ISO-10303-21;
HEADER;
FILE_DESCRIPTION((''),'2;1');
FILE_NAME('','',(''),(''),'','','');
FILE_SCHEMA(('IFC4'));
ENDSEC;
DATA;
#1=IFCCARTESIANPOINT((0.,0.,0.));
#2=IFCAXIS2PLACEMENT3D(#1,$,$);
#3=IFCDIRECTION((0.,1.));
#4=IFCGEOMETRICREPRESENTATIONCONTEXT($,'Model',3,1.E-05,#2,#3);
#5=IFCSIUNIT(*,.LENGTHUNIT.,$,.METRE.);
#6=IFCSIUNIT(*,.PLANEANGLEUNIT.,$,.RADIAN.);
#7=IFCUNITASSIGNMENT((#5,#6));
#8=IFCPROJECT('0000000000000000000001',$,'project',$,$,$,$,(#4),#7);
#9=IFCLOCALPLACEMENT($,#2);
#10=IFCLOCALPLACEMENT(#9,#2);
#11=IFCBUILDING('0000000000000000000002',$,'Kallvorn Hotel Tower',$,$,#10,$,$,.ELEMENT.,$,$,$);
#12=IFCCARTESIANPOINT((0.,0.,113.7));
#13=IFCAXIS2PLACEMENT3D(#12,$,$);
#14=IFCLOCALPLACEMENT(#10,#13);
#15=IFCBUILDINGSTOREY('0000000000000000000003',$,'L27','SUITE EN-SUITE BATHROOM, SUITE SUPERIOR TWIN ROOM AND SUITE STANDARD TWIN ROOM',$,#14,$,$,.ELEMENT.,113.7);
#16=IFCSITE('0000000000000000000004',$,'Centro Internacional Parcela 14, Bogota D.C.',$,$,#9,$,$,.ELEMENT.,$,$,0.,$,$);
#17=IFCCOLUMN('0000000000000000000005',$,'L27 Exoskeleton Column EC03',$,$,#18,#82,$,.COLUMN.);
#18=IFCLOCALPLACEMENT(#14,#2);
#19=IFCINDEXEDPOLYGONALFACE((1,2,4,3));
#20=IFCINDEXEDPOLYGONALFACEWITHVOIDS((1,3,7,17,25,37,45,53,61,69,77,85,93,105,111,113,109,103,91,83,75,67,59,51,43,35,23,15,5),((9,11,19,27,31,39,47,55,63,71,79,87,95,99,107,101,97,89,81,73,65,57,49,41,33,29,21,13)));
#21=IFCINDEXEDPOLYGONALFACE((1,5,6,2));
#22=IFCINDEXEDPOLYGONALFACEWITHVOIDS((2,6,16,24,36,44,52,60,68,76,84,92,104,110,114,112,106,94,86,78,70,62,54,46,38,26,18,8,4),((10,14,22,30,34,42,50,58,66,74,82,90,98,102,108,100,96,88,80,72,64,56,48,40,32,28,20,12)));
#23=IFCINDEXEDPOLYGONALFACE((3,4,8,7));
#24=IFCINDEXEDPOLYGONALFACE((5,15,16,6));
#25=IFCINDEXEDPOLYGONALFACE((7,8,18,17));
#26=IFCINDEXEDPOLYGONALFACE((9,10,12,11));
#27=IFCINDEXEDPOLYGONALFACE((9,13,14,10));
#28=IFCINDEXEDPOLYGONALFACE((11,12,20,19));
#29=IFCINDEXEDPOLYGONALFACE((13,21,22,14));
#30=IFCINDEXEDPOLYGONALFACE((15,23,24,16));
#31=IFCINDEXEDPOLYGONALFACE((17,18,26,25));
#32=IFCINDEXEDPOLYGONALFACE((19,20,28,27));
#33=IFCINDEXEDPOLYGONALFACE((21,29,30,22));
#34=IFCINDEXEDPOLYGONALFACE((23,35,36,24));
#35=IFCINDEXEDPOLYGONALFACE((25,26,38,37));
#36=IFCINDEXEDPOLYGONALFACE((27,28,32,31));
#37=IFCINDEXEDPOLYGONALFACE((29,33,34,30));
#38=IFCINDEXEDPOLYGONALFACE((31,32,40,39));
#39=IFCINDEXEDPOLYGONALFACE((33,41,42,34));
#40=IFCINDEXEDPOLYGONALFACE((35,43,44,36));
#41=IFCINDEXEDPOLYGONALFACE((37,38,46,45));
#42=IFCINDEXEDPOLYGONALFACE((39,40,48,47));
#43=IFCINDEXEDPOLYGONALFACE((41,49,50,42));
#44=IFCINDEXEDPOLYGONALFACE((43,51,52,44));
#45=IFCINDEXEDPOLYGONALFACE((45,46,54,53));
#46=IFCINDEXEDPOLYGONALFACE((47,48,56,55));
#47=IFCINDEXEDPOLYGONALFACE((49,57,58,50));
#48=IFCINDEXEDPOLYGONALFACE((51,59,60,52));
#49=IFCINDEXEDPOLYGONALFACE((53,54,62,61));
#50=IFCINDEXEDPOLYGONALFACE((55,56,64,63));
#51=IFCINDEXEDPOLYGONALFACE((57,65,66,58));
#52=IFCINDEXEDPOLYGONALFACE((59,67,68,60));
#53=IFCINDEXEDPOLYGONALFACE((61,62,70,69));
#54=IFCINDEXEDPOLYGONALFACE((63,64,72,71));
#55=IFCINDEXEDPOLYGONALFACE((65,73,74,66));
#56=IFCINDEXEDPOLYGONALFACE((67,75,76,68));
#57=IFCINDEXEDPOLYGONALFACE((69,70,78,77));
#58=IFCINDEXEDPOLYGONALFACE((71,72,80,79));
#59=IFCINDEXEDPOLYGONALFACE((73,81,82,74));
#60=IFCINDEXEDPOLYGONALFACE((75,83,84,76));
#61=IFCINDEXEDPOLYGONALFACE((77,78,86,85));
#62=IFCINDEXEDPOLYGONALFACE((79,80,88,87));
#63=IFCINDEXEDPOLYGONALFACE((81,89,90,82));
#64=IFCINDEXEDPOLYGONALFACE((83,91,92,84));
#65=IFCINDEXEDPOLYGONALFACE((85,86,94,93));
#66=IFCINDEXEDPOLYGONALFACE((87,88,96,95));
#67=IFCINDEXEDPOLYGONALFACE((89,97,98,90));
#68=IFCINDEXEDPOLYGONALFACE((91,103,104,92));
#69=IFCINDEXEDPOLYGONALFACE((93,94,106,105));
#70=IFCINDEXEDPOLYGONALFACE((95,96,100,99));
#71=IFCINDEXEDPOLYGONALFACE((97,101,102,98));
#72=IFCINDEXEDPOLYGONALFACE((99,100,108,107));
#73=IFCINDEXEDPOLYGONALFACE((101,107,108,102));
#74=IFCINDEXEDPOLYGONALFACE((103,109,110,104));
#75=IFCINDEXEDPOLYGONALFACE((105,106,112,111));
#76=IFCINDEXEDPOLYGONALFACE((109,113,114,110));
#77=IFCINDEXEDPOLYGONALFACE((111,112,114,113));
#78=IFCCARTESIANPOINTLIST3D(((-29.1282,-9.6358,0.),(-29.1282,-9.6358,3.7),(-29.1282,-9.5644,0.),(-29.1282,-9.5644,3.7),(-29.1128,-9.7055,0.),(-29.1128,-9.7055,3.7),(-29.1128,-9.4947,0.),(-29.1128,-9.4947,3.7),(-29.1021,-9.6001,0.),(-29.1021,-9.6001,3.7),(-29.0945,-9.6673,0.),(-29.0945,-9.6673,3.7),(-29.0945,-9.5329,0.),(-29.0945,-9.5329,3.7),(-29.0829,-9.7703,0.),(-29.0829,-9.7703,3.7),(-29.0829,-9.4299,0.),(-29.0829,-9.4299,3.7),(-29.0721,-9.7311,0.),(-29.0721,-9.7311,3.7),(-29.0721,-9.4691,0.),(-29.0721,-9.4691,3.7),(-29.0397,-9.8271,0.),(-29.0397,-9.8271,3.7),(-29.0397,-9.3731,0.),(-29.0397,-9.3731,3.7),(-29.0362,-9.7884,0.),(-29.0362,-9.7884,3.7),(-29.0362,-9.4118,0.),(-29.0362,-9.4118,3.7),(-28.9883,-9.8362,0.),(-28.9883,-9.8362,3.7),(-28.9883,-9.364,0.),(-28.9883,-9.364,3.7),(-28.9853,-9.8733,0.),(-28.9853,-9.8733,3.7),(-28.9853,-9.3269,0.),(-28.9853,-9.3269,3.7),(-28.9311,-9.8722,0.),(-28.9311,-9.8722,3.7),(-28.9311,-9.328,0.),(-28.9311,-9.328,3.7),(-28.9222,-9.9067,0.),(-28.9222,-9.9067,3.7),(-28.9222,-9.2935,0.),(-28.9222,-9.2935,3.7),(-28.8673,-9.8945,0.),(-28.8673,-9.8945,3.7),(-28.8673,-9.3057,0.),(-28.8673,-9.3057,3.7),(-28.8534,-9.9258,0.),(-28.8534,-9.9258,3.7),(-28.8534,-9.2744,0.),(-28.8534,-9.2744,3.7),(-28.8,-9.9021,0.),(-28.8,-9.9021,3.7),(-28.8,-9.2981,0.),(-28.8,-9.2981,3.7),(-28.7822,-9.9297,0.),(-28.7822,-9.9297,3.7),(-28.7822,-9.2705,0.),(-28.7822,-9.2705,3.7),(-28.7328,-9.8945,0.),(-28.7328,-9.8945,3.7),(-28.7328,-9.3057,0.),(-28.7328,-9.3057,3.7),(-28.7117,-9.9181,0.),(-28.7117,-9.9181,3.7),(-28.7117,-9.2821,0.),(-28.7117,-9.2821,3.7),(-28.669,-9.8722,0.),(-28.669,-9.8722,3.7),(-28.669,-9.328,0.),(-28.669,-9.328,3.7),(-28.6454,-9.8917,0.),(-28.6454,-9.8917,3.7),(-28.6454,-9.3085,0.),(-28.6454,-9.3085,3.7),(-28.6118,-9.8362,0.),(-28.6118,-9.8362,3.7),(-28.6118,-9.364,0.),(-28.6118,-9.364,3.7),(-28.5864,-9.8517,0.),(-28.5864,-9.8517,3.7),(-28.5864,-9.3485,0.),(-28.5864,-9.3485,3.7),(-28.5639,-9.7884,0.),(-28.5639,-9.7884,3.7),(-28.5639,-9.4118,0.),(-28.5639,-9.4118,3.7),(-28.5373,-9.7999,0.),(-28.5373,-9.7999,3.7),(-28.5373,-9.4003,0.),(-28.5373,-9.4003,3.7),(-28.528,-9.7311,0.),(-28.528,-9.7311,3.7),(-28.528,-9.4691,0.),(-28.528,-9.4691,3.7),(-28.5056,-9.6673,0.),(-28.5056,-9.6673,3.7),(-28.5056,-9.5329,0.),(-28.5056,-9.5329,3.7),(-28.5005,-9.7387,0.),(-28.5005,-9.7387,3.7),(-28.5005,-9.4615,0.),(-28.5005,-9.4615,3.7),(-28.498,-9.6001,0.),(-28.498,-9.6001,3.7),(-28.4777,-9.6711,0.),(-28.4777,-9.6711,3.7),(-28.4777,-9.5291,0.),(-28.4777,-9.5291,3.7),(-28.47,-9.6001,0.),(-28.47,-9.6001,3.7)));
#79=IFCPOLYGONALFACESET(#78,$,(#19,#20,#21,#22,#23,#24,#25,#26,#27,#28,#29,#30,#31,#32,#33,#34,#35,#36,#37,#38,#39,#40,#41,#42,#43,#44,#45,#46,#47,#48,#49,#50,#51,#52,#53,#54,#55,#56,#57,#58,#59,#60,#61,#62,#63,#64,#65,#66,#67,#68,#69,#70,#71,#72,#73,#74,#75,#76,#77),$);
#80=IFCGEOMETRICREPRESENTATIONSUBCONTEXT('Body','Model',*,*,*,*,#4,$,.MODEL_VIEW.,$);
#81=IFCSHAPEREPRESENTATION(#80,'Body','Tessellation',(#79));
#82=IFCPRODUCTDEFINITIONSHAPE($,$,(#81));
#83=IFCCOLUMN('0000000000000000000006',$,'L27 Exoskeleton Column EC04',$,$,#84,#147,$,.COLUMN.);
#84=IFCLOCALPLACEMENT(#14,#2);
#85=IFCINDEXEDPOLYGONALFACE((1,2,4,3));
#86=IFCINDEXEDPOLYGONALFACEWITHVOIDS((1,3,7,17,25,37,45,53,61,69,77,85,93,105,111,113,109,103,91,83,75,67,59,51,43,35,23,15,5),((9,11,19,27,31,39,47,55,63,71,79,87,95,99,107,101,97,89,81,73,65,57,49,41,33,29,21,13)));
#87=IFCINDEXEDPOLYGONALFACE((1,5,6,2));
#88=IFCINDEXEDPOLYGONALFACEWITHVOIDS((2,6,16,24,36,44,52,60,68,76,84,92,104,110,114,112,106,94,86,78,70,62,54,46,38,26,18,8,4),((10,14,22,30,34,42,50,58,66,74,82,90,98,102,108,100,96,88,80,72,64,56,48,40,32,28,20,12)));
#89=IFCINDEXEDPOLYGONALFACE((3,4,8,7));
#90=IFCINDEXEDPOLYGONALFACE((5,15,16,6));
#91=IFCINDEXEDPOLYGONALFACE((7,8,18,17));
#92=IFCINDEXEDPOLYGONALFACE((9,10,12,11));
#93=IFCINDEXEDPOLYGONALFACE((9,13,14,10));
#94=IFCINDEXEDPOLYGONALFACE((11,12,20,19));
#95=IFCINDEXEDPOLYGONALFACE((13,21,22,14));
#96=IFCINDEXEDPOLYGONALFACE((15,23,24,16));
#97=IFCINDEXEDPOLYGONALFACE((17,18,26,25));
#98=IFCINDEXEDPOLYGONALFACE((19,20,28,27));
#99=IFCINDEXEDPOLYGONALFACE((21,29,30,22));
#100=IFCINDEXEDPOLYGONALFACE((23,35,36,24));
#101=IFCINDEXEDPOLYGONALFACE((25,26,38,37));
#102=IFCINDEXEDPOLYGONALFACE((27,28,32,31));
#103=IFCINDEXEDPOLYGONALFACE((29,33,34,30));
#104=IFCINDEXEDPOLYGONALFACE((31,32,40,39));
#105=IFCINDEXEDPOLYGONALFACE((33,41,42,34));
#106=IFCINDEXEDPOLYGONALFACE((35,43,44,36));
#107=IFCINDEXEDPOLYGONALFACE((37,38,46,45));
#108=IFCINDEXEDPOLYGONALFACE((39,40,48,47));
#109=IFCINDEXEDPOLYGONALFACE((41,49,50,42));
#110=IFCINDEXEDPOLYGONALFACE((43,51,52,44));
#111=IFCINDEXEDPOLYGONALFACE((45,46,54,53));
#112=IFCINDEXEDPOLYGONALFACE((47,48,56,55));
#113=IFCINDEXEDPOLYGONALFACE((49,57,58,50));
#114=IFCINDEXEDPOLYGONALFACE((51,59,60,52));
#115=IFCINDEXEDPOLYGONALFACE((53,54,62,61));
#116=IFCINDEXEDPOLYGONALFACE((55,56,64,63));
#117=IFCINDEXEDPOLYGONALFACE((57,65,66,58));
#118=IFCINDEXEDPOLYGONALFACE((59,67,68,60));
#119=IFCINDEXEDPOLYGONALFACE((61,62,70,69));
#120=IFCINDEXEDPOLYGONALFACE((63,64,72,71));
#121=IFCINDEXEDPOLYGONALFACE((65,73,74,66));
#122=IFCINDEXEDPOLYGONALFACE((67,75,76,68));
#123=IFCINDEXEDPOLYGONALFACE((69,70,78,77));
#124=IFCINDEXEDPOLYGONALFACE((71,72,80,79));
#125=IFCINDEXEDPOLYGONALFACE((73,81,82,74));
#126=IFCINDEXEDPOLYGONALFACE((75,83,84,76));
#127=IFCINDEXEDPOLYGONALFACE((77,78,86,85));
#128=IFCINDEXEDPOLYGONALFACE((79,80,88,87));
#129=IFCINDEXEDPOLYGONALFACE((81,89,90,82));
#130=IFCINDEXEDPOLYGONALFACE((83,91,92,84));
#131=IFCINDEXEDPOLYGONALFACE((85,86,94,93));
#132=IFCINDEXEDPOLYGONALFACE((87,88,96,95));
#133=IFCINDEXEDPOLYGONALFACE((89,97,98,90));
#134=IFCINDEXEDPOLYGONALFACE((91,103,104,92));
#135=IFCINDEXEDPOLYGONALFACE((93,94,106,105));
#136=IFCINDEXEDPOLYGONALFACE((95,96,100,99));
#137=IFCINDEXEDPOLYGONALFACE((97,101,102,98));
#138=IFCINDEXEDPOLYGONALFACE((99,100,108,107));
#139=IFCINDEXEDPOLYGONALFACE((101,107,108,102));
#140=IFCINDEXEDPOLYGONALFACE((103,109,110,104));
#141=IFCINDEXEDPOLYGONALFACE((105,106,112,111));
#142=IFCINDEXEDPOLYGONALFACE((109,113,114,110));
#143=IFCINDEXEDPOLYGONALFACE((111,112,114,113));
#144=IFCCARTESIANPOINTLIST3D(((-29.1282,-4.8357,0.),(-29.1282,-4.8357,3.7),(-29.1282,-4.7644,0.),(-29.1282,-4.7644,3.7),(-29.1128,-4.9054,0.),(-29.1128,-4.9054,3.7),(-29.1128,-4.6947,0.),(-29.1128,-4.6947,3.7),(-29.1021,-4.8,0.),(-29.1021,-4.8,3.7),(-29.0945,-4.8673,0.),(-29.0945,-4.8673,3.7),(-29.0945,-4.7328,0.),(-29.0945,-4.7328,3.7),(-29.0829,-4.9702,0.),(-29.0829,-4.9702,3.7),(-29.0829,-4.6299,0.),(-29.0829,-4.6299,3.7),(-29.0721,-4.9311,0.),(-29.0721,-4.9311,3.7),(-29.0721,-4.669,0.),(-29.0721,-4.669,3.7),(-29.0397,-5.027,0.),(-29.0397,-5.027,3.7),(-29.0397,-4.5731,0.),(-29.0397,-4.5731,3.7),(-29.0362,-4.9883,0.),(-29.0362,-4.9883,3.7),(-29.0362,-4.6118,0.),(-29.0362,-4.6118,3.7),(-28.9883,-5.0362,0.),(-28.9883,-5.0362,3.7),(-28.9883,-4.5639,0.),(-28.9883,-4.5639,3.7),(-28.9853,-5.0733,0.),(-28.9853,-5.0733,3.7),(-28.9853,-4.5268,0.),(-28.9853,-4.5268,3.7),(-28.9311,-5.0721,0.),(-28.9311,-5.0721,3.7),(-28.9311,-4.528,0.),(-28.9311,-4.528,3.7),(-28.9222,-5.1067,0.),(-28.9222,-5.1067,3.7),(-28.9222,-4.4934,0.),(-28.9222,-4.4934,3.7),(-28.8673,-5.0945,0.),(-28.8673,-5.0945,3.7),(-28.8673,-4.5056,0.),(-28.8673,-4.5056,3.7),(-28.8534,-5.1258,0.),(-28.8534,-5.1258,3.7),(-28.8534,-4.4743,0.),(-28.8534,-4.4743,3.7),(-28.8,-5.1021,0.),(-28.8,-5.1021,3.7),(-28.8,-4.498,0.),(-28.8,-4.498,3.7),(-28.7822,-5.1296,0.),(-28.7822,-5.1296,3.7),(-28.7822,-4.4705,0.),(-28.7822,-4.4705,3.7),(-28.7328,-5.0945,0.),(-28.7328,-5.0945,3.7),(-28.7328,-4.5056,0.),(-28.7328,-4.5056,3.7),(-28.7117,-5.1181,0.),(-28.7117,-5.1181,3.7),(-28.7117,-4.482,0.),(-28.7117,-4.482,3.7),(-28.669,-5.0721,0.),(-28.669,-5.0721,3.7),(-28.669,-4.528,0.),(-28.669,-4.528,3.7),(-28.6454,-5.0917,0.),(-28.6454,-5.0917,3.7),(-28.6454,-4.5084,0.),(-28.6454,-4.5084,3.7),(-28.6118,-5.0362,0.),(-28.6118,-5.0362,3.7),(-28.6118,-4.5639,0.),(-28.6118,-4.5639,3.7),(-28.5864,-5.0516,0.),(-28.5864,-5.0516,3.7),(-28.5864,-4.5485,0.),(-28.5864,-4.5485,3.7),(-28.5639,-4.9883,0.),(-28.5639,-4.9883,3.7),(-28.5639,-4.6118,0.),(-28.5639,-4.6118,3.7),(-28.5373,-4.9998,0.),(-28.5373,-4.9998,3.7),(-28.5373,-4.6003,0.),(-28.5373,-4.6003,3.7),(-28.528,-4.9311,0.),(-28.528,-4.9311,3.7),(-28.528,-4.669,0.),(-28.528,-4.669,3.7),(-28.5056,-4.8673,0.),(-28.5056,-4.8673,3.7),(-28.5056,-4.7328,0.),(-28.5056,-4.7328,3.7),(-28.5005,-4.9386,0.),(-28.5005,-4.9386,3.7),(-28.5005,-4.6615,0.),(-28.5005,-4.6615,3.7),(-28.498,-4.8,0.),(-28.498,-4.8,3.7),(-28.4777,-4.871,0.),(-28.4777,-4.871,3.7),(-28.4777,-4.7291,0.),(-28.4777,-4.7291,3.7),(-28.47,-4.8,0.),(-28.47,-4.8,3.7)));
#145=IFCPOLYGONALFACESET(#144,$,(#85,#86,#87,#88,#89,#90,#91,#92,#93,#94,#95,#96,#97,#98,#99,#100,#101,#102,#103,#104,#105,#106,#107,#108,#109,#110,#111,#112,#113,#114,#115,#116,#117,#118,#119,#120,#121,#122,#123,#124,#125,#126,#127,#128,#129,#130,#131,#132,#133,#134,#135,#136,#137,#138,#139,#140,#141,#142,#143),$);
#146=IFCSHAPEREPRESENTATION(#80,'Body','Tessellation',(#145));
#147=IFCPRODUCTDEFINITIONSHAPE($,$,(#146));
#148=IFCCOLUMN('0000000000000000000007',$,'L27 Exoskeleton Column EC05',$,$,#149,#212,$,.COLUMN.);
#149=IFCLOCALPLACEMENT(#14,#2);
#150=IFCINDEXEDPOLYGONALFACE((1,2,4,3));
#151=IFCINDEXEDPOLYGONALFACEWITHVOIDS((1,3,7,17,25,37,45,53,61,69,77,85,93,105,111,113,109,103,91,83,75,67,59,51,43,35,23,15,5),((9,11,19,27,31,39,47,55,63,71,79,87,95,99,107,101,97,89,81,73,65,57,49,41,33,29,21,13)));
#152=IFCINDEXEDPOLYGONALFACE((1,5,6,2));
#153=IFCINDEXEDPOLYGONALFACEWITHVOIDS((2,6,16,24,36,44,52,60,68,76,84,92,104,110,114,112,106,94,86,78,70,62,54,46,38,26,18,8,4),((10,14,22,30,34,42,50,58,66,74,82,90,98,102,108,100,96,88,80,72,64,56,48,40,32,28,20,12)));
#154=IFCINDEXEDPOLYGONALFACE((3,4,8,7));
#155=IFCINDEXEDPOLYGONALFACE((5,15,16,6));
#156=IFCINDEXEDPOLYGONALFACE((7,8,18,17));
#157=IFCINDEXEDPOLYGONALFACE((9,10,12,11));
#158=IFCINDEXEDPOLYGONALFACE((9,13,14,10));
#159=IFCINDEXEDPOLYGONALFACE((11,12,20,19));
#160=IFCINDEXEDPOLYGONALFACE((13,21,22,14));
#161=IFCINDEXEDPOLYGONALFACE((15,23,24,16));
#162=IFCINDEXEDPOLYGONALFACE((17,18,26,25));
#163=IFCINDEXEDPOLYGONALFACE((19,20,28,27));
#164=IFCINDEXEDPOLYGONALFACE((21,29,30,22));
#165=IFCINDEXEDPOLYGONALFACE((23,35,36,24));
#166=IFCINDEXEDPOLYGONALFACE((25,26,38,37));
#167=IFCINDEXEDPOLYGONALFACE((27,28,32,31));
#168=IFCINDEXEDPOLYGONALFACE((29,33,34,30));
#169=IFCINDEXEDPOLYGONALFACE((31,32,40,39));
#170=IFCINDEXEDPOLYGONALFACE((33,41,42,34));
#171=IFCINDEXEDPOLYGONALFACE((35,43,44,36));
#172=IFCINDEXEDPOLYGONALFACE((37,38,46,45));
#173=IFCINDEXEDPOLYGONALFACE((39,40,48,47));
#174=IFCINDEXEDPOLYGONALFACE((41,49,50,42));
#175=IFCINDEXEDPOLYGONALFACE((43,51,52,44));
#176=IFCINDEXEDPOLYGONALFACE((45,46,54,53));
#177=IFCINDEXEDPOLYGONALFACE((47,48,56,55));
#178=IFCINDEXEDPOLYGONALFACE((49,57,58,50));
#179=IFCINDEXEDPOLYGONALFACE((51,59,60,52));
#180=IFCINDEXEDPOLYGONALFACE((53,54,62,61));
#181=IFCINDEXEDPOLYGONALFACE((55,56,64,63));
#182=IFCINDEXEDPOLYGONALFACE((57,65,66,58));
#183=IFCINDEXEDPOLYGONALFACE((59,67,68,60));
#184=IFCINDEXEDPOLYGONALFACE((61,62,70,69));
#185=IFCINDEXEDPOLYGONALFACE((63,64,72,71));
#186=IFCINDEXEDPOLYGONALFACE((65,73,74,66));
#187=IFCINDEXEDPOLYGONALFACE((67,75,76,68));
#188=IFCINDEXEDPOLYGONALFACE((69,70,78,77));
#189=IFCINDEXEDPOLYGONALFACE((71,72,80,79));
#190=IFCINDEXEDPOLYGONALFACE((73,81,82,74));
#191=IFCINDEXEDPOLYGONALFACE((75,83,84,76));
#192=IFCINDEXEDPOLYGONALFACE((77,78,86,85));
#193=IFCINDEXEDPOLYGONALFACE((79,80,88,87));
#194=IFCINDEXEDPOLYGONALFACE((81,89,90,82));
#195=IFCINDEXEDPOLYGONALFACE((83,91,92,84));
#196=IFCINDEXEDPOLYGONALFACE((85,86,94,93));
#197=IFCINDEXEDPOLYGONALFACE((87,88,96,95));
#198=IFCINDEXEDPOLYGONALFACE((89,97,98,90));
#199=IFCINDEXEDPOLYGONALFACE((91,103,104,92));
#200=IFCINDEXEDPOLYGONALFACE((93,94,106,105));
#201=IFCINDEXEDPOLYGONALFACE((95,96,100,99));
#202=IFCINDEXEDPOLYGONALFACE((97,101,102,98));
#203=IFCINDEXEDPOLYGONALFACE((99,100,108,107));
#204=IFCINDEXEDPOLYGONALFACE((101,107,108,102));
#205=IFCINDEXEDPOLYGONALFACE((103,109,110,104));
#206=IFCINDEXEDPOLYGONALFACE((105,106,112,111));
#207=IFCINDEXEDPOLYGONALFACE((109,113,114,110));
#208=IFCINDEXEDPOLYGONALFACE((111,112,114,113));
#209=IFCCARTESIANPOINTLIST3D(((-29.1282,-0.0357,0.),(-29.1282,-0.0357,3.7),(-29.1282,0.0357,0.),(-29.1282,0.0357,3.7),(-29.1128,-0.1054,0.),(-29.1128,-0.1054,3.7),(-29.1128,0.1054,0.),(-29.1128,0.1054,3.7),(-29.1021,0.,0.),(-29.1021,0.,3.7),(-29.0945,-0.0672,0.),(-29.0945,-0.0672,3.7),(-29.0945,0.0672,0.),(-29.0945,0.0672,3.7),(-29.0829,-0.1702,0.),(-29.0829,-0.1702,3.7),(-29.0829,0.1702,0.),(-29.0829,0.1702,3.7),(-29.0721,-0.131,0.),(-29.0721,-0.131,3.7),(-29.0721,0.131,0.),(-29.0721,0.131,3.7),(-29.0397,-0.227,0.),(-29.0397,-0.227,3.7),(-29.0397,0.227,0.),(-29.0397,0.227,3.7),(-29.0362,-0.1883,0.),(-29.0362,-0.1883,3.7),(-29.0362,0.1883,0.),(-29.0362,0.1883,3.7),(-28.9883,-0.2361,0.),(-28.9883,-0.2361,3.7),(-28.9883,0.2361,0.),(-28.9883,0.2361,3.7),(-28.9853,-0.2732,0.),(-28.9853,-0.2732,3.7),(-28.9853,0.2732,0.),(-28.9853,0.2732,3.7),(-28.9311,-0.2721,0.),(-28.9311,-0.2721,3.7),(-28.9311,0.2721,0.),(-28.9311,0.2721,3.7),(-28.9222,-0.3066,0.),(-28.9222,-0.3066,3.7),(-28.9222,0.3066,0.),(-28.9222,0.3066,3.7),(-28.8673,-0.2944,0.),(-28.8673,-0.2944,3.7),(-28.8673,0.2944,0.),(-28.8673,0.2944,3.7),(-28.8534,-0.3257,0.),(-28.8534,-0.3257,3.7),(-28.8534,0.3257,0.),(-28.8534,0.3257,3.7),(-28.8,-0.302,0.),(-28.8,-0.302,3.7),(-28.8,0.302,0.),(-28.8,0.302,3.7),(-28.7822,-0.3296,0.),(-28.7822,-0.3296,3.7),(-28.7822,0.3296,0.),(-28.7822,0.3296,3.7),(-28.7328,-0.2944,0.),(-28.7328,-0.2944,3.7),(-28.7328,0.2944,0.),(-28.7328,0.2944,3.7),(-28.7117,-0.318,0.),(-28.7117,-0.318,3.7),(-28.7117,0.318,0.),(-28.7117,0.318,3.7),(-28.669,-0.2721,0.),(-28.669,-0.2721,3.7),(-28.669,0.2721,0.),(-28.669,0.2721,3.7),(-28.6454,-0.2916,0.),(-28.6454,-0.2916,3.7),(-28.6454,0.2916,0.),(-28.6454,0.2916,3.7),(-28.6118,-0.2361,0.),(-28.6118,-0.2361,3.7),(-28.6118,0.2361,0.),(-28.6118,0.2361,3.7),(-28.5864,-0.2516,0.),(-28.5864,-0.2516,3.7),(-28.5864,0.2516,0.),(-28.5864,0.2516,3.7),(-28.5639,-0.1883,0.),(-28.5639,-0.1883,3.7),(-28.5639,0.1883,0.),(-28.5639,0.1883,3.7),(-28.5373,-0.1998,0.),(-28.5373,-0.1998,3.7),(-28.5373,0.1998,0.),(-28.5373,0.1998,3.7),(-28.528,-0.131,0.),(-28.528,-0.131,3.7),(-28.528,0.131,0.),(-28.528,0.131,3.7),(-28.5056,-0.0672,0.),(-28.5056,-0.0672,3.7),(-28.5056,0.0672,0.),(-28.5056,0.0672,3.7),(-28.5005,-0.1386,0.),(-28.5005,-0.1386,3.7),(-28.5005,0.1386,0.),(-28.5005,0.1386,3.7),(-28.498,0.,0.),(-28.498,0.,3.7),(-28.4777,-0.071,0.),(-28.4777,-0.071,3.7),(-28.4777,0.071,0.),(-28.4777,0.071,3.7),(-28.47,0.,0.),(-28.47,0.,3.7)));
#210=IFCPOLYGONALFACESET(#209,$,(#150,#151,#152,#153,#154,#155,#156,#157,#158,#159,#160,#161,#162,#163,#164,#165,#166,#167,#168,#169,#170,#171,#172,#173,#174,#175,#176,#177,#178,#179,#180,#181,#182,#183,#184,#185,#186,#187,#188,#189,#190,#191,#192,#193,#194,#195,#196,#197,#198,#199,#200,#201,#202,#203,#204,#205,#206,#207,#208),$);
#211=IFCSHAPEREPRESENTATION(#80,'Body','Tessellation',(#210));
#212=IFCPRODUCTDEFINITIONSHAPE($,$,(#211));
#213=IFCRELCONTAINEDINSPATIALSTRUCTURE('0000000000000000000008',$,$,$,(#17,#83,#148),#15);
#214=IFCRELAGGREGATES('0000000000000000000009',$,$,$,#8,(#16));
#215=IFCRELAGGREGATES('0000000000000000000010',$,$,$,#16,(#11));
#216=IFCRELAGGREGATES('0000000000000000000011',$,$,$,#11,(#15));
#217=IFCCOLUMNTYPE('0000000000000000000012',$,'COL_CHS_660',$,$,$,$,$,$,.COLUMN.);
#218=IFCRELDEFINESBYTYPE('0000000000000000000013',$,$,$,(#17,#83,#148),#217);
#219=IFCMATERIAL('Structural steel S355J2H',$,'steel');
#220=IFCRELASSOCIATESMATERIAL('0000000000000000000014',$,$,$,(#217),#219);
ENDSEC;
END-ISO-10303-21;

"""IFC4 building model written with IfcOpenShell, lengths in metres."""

from ifc_helpers import new_model, si_unit, direction, frame, origin, origin_2d, place, context, subcontext, project, spatial, hollow_circle, extrude, material, material_profile, profile_set, type_object, element, save


model = new_model("IFC4")

# Units and contexts
model_context = context("Model", 3, precision=1e-05, world=origin(), true_north=direction((0.0, 1.0)))
body_context = subcontext(model_context, "Body", "Model", "MODEL_VIEW")
ifc_project = project(units=[si_unit("LENGTHUNIT", "METRE"), si_unit("PLANEANGLEUNIT", "RADIAN")], contexts=[model_context])

# Site, building, storey
site_placement = place(None, origin())
site = spatial("IfcSite", under=ifc_project, at=site_placement, Name="Centro Internacional Parcela 14, Bogota D.C.", CompositionType="ELEMENT", RefElevation=0.0)
building_placement = place(site_placement, origin())
building = spatial("IfcBuilding", under=site, at=building_placement, Name="Kallvorn Hotel Tower", CompositionType="ELEMENT")
storey_placement = place(building_placement, frame((0.0, 0.0, 113.7)))
storey = spatial("IfcBuildingStorey", under=building, at=storey_placement, Name="L27", Description="SUITE EN-SUITE BATHROOM, SUITE SUPERIOR TWIN ROOM AND SUITE STANDARD TWIN ROOM", CompositionType="ELEMENT", Elevation=113.7)

# Columns
ifc_material_1 = material(Name="Structural steel S355J2H", Category="steel")
ifc_material_profile_1 = material_profile(ifc_material_1, hollow_circle(Radius=0.3301, WallThickness=0.0281, at=origin_2d()), Name="CHS 660x28")
ifc_profile_set_1 = profile_set([ifc_material_profile_1], Name="Structural steel S355J2H")
column_type = type_object("IfcColumnType", Name="COL_CHS_660", PredefinedType="COLUMN", material=ifc_profile_set_1)
for number, where, z_axis, x_axis, name in (
    (1, (-28.8, -9.6001, 0.0), (0.0, 0.0, 1.0), (1.0, 0.0, 0.0), "L27 Exoskeleton Column EC03"),
    (2, (-28.8, -4.8, 0.0), (0.0, 0.0, 1.0), (1.0, 0.0, 0.0), "L27 Exoskeleton Column EC04"),
    (3, (-28.8, 0.0, 0.0), (0.0, 0.0, 1.0), (1.0, 0.0, 0.0), "L27 Exoskeleton Column EC05"),
):
    element("IfcColumn", number, at=place(storey_placement, frame(where, z_axis=z_axis, x_axis=x_axis)), inside=storey, type_object=column_type, Name=name, PredefinedType="COLUMN", context=body_context, shape_type="SweptSolid", body=[
        extrude(hollow_circle(Radius=0.3301, WallThickness=0.0281, at=origin_2d()), origin(), (0.0, 0.0, 1.0), 3.7),
    ])

save(model, "model.ifc")
